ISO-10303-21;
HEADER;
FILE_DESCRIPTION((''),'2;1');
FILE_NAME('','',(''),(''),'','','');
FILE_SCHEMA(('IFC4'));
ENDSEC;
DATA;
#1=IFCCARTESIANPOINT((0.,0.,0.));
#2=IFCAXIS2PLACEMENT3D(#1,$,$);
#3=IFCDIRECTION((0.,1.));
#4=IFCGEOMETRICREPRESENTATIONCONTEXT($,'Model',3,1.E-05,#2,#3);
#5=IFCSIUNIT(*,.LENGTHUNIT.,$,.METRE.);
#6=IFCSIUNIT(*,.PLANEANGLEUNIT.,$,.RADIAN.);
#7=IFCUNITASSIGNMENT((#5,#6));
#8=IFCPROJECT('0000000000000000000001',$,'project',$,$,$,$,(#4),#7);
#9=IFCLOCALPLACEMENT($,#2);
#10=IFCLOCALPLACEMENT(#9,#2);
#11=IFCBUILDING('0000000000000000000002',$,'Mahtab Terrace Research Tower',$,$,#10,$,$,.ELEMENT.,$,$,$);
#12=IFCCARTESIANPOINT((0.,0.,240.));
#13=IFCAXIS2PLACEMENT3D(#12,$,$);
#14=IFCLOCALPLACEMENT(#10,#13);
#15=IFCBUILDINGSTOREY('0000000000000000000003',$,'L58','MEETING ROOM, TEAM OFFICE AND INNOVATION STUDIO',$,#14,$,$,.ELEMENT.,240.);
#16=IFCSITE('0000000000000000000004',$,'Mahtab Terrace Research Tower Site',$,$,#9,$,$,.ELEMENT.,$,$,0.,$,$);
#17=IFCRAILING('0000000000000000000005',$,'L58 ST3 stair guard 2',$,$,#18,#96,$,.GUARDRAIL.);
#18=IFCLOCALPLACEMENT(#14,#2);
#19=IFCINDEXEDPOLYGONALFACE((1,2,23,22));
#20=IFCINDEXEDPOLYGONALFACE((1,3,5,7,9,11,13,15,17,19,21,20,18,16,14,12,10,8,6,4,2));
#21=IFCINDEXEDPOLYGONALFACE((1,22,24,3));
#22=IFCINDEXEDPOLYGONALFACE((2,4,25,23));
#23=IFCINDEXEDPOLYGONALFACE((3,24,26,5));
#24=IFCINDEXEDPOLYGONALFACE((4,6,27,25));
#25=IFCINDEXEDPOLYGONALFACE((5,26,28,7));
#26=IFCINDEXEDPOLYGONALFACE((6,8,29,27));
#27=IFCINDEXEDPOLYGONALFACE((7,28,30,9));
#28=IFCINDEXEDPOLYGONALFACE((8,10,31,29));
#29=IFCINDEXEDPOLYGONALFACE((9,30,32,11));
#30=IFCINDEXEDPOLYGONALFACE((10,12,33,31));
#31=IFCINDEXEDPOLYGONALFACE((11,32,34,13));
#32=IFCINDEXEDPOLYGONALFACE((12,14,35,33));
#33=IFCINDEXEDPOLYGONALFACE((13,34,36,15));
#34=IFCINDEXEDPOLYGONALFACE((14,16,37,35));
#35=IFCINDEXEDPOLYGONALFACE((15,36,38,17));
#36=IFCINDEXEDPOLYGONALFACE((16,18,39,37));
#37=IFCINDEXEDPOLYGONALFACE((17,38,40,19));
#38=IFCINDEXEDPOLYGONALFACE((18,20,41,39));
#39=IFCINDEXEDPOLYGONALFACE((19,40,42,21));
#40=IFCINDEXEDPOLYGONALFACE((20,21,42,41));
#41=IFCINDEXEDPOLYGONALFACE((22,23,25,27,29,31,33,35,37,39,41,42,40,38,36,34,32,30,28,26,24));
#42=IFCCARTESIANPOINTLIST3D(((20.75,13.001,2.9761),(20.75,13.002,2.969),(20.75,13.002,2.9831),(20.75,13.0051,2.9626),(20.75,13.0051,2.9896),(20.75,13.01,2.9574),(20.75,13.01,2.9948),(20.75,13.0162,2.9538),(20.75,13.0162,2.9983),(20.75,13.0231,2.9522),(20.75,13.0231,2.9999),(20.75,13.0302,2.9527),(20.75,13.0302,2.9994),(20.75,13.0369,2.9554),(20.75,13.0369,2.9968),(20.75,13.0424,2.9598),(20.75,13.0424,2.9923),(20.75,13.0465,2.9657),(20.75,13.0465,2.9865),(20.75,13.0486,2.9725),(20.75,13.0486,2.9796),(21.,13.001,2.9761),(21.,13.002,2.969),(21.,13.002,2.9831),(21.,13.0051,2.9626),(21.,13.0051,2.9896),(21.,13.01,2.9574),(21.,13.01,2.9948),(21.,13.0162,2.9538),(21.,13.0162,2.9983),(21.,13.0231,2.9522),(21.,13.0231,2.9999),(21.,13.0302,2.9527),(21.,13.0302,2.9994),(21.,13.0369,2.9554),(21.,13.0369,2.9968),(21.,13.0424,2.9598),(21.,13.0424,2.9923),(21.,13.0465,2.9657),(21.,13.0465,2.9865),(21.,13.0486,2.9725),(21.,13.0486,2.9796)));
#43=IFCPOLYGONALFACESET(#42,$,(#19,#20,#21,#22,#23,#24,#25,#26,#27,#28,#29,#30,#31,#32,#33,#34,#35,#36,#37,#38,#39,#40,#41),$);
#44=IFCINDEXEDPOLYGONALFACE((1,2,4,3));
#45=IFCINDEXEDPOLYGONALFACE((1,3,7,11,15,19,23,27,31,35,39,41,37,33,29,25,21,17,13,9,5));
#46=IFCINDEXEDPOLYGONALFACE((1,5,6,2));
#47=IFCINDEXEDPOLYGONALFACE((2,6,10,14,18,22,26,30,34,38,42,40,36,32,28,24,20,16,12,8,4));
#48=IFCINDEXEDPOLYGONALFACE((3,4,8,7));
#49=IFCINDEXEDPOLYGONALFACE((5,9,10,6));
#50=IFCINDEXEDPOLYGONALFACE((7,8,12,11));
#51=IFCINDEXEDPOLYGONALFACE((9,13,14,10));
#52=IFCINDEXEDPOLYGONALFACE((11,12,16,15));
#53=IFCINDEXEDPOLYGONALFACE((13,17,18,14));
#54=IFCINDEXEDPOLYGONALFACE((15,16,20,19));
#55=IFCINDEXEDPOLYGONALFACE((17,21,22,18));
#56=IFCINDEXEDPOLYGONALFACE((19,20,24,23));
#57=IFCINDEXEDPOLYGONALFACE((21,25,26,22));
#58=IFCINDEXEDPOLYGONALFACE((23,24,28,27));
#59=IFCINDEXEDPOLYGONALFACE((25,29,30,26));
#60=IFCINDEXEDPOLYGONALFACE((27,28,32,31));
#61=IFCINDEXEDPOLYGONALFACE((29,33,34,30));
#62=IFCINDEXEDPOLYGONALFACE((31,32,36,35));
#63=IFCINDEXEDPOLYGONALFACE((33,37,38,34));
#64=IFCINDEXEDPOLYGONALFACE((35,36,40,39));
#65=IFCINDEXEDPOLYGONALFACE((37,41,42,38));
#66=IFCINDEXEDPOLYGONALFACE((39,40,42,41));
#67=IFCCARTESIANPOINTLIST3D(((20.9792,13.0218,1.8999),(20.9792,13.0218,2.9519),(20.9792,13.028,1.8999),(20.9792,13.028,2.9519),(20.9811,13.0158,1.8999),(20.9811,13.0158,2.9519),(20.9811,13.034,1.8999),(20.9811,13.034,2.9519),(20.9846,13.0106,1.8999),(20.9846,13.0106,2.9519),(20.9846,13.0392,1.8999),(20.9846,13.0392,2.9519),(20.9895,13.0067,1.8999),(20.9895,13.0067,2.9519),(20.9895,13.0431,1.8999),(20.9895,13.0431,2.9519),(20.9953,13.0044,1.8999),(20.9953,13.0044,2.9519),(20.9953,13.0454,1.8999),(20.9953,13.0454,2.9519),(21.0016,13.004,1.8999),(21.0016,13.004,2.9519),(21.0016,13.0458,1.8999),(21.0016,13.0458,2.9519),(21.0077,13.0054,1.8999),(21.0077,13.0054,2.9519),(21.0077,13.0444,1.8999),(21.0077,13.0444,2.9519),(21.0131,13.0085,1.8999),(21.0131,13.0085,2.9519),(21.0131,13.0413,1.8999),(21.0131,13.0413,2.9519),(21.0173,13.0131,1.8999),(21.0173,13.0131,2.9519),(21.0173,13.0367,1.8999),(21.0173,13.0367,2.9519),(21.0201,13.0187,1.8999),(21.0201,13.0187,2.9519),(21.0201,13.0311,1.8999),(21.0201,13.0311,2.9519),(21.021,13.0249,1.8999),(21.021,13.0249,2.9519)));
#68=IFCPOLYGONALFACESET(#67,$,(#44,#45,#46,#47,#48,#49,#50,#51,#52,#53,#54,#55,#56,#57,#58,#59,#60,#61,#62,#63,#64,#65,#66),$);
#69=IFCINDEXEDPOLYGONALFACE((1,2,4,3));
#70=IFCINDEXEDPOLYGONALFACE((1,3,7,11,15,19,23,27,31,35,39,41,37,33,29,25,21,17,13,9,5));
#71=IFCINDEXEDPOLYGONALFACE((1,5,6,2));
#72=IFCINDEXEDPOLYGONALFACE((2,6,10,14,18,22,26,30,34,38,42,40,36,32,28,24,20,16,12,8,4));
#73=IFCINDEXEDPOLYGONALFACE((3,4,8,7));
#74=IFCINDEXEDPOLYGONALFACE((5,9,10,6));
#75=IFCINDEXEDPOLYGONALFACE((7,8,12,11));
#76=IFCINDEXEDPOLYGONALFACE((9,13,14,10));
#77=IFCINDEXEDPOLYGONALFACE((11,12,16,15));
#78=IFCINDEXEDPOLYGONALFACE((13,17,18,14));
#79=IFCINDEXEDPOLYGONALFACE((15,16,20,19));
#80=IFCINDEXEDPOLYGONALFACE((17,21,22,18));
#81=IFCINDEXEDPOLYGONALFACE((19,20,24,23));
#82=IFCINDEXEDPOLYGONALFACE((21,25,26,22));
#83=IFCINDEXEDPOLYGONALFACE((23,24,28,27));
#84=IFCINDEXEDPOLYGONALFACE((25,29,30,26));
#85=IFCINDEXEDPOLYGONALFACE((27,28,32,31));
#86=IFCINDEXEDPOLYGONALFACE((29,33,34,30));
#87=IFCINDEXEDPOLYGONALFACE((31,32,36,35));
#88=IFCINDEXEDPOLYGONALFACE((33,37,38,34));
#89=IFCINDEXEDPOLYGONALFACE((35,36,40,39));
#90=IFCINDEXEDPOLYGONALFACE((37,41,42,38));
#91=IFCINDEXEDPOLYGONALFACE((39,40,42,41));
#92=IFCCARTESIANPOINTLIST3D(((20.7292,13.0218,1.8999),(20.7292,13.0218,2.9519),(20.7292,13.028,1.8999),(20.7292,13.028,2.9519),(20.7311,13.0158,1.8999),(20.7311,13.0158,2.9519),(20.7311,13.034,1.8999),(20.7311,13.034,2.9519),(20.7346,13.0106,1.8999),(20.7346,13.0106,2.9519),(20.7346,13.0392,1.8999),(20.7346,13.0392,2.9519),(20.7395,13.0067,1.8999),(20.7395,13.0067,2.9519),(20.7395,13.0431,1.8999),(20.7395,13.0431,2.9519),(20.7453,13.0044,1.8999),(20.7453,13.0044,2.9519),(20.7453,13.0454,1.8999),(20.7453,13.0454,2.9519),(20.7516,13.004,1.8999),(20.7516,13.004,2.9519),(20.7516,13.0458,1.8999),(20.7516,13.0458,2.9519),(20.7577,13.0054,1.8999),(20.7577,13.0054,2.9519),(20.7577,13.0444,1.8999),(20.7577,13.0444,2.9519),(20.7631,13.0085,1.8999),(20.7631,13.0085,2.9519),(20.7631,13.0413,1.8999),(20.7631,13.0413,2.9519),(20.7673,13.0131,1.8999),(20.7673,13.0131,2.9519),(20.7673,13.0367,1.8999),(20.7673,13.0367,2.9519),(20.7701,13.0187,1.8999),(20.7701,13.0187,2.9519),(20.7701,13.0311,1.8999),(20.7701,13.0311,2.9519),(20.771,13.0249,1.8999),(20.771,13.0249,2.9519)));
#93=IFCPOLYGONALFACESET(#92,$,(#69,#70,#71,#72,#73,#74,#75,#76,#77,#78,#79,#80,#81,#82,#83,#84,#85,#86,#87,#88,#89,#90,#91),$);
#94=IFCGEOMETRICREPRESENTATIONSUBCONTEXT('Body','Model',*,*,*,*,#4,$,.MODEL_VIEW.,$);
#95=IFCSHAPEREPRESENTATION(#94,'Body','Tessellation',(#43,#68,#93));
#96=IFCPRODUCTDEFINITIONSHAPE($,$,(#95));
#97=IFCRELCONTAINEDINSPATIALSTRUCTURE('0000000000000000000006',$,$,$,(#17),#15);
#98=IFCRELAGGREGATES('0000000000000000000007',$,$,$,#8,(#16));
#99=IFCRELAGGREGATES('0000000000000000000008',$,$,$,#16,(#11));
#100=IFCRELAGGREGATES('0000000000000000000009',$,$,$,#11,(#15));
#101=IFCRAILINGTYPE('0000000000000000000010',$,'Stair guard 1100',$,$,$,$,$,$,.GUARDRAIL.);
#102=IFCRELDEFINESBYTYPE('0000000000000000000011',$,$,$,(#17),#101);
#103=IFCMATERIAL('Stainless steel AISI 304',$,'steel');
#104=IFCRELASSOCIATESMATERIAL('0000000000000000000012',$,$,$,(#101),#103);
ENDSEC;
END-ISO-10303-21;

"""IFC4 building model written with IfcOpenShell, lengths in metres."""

from ifc_helpers import new_model, si_unit, direction, frame, origin, origin_2d, place, context, subcontext, project, spatial, circle, extrude, material, type_object, element, save


model = new_model("IFC4")

# Units and contexts
model_context = context("Model", 3, precision=1e-05, world=origin(), true_north=direction((0.0, 1.0)))
body_context = subcontext(model_context, "Body", "Model", "MODEL_VIEW")
ifc_project = project(units=[si_unit("LENGTHUNIT", "METRE"), si_unit("PLANEANGLEUNIT", "RADIAN")], contexts=[model_context])

# Site, building, storey
site_placement = place(None, origin())
site = spatial("IfcSite", under=ifc_project, at=site_placement, Name="Mahtab Terrace Research Tower Site", CompositionType="ELEMENT", RefElevation=0.0)
building_placement = place(site_placement, origin())
building = spatial("IfcBuilding", under=site, at=building_placement, Name="Mahtab Terrace Research Tower", CompositionType="ELEMENT")
storey_placement = place(building_placement, frame((0.0, 0.0, 240.0)))
storey = spatial("IfcBuildingStorey", under=building, at=storey_placement, Name="L58", Description="MEETING ROOM, TEAM OFFICE AND INNOVATION STUDIO", CompositionType="ELEMENT", Elevation=240.0)

# Shared definitions
ifc_material_1 = material(Name="Stainless steel AISI 304", Category="steel")

# Railing
railing_type_1 = type_object("IfcRailingType", Name="Stair guard 1100", PredefinedType="GUARDRAIL", material=ifc_material_1)
railing_1_placement = place(storey_placement, frame((21.0, 13.0249, 1.8999)))
element("IfcRailing", 1, at=railing_1_placement, inside=storey, type_object=railing_type_1, Name="L58 ST3 stair guard 2", PredefinedType="GUARDRAIL", context=body_context, shape_type="SweptSolid", body=[
    extrude(circle(Radius=0.0239, at=origin_2d()), frame((0.0, 0.0, 1.0762), z_axis=(-1.0, 0.0, 0.0), x_axis=(0.0, -1.0, 0.0)), (0.0, 0.0, 1.0), 0.25),
    extrude(circle(Radius=0.021, at=origin_2d()), origin(), (0.0, 0.0, 1.0), 1.052),
    extrude(circle(Radius=0.021, at=origin_2d()), frame((-0.25, 0.0, 0.0)), (0.0, 0.0, 1.0), 1.052),
])

save(model, "model.ifc")
